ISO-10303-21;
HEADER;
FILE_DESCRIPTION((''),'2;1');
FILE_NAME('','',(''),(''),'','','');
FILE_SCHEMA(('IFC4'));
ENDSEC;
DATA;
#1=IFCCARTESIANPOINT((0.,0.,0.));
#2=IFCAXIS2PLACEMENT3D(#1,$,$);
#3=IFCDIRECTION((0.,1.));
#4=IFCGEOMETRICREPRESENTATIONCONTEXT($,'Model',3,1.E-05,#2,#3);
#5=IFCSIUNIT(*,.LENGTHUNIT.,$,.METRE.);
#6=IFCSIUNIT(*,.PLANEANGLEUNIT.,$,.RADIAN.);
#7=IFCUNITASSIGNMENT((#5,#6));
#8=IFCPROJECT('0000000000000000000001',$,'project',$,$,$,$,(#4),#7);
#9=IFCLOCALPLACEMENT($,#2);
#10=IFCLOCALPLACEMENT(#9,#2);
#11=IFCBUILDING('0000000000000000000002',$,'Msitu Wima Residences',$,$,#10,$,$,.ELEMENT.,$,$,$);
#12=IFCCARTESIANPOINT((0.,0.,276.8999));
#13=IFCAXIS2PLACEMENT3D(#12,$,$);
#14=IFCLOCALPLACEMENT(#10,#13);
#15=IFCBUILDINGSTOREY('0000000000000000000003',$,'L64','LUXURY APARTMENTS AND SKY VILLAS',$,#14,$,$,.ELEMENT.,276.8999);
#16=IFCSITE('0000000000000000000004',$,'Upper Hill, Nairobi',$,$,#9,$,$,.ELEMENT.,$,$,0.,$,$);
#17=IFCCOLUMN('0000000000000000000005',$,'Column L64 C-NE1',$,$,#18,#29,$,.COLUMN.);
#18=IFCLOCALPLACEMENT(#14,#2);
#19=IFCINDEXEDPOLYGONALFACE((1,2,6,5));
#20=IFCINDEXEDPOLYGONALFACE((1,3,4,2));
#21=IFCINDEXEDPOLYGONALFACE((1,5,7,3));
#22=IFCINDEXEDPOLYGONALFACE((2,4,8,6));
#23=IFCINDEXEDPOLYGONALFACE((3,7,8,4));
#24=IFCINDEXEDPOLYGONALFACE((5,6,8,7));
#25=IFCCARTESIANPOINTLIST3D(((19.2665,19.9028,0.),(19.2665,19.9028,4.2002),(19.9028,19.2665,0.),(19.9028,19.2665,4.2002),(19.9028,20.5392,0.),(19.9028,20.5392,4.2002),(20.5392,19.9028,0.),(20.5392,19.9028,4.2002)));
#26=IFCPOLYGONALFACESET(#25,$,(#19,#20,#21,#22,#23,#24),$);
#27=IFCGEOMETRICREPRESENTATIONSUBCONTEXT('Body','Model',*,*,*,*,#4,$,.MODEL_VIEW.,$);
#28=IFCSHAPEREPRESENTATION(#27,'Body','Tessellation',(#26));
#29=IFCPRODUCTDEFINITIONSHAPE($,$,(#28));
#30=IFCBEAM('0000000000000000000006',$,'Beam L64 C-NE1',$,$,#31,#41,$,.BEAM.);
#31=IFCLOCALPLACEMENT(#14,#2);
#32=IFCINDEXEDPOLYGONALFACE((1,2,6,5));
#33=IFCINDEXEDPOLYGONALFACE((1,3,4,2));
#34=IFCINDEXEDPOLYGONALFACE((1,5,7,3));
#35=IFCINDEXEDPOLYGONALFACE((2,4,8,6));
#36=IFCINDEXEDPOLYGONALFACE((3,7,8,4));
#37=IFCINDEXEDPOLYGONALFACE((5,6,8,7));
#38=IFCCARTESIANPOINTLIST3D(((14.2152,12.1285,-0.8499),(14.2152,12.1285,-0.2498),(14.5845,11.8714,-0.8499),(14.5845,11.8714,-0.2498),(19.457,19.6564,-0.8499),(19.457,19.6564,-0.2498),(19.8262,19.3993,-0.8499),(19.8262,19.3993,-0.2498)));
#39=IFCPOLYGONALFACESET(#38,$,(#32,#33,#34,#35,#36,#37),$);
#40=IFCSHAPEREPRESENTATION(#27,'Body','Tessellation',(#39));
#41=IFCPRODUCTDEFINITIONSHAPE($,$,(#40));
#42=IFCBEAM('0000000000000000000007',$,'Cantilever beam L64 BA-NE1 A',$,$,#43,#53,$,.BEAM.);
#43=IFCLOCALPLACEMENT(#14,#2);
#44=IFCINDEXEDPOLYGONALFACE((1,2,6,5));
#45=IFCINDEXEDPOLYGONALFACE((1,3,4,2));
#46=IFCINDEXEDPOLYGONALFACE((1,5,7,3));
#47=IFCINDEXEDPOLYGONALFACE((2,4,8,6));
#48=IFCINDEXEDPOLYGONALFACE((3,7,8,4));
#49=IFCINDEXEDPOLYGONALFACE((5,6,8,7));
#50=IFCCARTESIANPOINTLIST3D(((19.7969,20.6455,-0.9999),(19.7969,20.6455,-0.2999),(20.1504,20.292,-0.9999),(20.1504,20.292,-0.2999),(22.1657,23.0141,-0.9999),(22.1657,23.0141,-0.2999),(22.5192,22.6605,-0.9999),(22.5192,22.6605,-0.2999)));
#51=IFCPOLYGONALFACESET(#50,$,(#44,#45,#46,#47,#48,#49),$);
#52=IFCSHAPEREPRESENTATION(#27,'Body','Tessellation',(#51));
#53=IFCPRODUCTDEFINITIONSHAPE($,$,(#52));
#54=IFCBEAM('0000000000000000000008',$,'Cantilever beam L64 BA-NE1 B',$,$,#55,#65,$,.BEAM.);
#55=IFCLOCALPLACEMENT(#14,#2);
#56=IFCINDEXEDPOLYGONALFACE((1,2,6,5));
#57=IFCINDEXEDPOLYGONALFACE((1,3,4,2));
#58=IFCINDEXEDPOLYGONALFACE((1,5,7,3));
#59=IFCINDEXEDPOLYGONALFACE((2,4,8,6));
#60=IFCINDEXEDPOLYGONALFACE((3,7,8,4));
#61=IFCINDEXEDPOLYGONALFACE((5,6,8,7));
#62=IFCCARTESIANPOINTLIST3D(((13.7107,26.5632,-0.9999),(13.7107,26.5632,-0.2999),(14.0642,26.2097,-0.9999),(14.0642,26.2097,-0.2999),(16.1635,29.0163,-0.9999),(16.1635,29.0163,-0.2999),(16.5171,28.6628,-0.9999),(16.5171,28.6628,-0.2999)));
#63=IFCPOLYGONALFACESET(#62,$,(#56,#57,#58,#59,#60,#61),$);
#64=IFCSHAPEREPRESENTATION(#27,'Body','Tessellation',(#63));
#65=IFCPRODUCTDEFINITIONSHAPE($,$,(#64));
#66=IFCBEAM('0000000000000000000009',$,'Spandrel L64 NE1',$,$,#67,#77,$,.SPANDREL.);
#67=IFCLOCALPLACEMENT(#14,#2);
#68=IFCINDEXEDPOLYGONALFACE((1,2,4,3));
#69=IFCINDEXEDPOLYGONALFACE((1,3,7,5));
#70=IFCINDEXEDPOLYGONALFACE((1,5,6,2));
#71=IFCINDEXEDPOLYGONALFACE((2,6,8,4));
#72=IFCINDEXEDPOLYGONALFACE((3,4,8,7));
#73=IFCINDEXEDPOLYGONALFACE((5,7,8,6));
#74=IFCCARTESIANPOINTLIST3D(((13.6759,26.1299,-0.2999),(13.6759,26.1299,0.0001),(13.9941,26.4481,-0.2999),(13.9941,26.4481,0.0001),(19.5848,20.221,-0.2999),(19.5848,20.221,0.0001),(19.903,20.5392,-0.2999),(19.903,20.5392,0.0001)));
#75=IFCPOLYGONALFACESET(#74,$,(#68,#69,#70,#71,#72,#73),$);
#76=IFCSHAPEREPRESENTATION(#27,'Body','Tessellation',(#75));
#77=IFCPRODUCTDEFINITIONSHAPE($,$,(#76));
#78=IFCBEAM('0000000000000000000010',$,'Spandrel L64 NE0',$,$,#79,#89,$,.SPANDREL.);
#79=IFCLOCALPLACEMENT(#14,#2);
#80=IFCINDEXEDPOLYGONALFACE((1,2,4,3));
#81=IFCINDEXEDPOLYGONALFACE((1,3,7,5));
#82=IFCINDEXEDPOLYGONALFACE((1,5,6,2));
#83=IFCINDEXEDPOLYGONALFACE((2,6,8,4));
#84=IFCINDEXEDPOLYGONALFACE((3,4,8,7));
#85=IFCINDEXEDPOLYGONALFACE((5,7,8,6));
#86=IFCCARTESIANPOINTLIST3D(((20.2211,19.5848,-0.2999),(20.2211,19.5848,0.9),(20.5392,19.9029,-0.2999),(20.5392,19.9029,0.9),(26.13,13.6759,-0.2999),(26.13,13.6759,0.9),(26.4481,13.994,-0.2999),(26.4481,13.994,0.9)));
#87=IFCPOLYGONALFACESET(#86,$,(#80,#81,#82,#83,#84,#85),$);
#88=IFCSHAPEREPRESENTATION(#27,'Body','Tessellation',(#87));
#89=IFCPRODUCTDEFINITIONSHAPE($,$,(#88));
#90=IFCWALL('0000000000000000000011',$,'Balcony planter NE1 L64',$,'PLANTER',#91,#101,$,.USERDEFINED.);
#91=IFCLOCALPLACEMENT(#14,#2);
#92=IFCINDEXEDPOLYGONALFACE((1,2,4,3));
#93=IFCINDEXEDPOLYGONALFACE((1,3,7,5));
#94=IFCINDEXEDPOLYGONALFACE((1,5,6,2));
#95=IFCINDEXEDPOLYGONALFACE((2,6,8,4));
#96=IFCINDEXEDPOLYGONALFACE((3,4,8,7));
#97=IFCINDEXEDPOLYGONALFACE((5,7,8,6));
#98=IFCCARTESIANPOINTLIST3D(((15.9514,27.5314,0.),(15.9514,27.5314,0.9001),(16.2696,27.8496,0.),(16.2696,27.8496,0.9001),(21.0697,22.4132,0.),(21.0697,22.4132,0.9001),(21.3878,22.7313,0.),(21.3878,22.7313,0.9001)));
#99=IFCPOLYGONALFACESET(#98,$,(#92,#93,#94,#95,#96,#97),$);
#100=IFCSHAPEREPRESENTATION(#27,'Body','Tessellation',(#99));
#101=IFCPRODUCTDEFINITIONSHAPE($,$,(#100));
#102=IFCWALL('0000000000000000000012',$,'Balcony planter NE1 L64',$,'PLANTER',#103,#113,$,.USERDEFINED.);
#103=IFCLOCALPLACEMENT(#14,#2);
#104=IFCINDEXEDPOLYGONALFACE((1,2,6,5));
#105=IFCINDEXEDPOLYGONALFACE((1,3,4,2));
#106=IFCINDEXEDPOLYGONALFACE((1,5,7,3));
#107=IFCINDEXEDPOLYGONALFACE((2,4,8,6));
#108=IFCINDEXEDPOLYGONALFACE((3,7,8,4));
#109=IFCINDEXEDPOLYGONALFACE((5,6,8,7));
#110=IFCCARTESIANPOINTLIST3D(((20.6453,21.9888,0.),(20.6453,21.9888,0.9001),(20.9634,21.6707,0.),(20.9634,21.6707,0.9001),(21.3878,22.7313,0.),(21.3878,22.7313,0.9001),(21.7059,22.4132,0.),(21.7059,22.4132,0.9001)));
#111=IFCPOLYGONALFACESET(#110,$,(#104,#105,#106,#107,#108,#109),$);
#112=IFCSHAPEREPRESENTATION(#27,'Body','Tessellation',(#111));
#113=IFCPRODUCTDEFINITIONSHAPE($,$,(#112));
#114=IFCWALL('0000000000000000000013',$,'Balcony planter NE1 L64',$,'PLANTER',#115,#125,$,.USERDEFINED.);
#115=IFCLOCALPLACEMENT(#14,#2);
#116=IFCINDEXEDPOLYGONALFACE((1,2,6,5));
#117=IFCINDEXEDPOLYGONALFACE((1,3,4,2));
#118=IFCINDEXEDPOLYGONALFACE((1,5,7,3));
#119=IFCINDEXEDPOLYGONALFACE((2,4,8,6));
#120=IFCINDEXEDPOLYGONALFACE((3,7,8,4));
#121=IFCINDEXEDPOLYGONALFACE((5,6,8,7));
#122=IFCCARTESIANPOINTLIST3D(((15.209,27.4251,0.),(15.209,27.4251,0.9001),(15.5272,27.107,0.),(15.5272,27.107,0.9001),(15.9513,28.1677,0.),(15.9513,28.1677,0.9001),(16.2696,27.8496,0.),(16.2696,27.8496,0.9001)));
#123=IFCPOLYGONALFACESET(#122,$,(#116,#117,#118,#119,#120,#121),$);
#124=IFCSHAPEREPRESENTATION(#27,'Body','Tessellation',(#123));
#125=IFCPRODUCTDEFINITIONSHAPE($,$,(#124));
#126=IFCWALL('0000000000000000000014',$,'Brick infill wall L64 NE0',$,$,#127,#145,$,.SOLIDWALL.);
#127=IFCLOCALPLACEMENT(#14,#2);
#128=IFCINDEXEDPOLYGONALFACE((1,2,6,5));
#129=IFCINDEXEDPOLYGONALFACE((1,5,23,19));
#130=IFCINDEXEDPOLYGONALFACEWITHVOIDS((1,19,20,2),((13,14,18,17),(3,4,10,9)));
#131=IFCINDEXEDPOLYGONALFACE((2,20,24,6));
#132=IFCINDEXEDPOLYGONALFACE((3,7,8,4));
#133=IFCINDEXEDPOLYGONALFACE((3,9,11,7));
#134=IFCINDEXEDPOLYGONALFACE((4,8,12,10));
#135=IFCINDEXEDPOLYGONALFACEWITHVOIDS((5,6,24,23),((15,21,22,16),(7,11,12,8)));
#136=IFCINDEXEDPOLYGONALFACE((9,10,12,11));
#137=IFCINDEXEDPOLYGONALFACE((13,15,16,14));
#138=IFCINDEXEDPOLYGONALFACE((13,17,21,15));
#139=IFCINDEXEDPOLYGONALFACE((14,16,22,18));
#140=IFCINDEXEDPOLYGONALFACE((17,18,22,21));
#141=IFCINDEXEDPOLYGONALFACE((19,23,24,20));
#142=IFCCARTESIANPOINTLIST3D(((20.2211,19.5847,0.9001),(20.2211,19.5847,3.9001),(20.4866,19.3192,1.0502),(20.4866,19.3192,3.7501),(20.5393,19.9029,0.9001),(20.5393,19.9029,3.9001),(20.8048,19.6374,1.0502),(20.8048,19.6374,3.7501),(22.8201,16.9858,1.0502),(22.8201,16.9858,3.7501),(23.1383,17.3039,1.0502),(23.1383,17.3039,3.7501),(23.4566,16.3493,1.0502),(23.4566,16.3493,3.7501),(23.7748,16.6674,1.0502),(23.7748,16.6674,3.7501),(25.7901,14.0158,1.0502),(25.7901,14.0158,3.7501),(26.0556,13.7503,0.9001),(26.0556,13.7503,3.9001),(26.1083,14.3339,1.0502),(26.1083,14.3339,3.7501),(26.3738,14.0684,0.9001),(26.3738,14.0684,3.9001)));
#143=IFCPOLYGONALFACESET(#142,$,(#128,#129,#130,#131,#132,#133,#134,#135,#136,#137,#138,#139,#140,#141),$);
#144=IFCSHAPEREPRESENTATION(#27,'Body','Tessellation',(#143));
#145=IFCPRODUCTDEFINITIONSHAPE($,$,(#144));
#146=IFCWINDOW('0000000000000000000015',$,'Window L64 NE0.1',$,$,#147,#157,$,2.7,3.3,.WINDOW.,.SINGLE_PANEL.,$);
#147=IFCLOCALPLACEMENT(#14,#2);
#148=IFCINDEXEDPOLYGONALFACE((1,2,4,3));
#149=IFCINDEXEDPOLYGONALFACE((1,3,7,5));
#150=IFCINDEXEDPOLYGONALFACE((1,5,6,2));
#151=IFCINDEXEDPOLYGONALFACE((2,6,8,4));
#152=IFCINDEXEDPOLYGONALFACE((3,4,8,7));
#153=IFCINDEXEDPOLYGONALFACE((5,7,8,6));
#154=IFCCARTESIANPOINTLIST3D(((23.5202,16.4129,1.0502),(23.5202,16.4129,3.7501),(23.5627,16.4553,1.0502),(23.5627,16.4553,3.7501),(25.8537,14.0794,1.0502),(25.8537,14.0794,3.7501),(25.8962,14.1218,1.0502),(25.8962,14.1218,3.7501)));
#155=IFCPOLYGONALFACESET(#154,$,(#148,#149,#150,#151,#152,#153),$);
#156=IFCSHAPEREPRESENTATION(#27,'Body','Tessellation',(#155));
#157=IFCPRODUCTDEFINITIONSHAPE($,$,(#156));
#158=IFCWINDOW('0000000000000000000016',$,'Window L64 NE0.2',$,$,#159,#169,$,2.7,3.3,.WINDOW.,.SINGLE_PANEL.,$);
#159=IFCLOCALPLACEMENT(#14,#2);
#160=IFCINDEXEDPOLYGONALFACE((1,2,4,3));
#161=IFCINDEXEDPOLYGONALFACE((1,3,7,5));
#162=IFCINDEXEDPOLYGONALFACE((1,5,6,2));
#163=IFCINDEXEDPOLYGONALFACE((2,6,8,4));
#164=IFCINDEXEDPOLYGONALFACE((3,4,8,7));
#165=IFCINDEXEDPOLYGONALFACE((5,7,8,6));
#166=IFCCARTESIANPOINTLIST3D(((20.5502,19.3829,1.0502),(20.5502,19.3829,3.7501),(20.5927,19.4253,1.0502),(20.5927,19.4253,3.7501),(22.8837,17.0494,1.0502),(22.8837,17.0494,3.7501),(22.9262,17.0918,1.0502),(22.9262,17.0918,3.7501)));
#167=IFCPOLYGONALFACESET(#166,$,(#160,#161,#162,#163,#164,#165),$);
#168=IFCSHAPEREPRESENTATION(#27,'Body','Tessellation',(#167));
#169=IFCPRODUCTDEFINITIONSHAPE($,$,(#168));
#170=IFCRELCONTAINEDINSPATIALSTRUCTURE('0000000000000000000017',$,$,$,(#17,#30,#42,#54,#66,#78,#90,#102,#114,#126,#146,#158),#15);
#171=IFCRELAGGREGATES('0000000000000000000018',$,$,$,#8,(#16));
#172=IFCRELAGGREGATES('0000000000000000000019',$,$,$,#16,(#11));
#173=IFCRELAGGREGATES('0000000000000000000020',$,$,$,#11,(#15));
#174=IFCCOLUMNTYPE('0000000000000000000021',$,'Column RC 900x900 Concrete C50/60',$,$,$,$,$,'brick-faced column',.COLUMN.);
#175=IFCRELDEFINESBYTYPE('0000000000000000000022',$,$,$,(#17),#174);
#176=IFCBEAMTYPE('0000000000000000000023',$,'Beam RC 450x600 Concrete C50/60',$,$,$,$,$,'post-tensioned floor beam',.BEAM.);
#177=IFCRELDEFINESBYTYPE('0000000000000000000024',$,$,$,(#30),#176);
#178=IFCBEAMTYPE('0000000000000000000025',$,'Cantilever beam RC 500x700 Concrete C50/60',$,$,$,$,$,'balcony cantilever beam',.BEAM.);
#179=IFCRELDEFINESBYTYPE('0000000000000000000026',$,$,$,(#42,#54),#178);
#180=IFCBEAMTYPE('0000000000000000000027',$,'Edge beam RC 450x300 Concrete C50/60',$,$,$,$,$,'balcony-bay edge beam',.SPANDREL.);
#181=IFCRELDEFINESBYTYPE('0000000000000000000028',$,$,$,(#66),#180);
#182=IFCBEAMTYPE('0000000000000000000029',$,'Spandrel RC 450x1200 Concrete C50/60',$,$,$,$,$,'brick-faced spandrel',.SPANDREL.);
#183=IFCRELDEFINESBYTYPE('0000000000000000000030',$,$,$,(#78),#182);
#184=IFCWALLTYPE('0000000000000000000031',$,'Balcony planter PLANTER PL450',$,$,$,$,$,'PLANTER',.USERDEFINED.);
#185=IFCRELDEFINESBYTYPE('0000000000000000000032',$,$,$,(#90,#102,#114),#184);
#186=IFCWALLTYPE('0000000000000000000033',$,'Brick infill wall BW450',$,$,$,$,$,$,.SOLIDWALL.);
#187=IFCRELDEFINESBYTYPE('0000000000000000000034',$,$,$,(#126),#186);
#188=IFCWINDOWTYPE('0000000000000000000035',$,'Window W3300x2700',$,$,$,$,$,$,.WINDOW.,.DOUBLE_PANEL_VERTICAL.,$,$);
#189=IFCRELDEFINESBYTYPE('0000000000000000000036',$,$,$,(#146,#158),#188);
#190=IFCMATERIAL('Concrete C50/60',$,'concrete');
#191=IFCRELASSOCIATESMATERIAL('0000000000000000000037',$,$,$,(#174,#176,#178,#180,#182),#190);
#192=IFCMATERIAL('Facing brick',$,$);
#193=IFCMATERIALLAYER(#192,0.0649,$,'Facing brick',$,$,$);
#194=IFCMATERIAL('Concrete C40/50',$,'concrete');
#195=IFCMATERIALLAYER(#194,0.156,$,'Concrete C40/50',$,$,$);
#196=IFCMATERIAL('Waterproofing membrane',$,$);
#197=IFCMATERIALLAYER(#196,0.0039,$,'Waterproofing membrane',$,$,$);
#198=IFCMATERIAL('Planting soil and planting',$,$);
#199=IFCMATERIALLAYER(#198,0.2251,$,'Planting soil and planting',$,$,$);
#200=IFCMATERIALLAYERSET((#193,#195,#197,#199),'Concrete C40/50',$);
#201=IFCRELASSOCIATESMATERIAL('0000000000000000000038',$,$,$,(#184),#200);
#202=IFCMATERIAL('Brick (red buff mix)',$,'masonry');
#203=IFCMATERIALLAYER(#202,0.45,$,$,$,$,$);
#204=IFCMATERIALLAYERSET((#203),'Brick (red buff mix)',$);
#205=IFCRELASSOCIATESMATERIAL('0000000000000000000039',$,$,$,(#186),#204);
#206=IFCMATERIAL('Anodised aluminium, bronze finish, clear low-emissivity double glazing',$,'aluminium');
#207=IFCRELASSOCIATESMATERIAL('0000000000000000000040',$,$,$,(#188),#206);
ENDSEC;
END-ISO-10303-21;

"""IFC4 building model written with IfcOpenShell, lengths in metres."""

from ifc_helpers import new_model, si_unit, direction, frame, frame_2d, origin, origin_2d, place, context, subcontext, project, spatial, rectangle, extrude, material, layer, layer_set, material_profile, profile_set, type_object, element, fill, save


model = new_model("IFC4")

# Units and contexts
model_context = context("Model", 3, precision=1e-05, world=origin(), true_north=direction((0.0, 1.0)))
body_context = subcontext(model_context, "Body", "Model", "MODEL_VIEW")
ifc_project = project(units=[si_unit("LENGTHUNIT", "METRE"), si_unit("PLANEANGLEUNIT", "RADIAN")], contexts=[model_context])

# Site, building, storey
site_placement = place(None, origin())
site = spatial("IfcSite", under=ifc_project, at=site_placement, Name="Upper Hill, Nairobi", CompositionType="ELEMENT", RefElevation=0.0)
building_placement = place(site_placement, origin())
building = spatial("IfcBuilding", under=site, at=building_placement, Name="Msitu Wima Residences", CompositionType="ELEMENT")
storey_placement = place(building_placement, frame((0.0, 0.0, 276.8999)))
storey = spatial("IfcBuildingStorey", under=building, at=storey_placement, Name="L64", Description="LUXURY APARTMENTS AND SKY VILLAS", CompositionType="ELEMENT", Elevation=276.8999)

# Column
ifc_material_1 = material(Name="Concrete C50/60", Category="concrete")
ifc_material_profile_1 = material_profile(ifc_material_1, rectangle(XDim=0.8999, YDim=0.8999, at=origin_2d()), Name="RC 900x900")
ifc_profile_set_1 = profile_set([ifc_material_profile_1], Name="Concrete C50/60")
column_type = type_object("IfcColumnType", Name="Column RC 900x900 Concrete C50/60", ElementType="brick-faced column", PredefinedType="COLUMN", material=ifc_profile_set_1)
column_placement = place(storey_placement, frame((19.9028, 19.9028, 0.0), z_axis=(0.0, 0.0, 1.0), x_axis=(-0.707107, 0.707107, 0.0)))
element("IfcColumn", 1, at=column_placement, inside=storey, type_object=column_type, Name="Column L64 C-NE1", PredefinedType="COLUMN", context=body_context, shape_type="SweptSolid", body=[
    extrude(rectangle(XDim=0.8999, YDim=0.8999, at=origin_2d()), origin(), (0.0, 0.0, 1.0), 4.2002),
])

# Beams
ifc_material_profile_2 = material_profile(ifc_material_1, rectangle(XDim=0.45, YDim=0.6001, at=origin_2d()), Name="RC 450x600")
ifc_profile_set_2 = profile_set([ifc_material_profile_2], Name="Concrete C50/60")
beam_type_1 = type_object("IfcBeamType", Name="Beam RC 450x600 Concrete C50/60", ElementType="post-tensioned floor beam", PredefinedType="BEAM", material=ifc_profile_set_2)
beam_1_placement = place(storey_placement, frame((19.6416, 19.5278, -0.5498), z_axis=(-0.571428, -0.820652, 0.0), x_axis=(0.820652, -0.571428, 0.0)))
element("IfcBeam", 2, at=beam_1_placement, inside=storey, type_object=beam_type_1, Name="Beam L64 C-NE1", PredefinedType="BEAM", context=body_context, shape_type="SweptSolid", body=[
    extrude(rectangle(XDim=0.45, YDim=0.6001, at=origin_2d()), origin(), (0.0, 0.0, 1.0), 9.1731),
])
ifc_material_profile_3 = material_profile(ifc_material_1, rectangle(XDim=0.5, YDim=0.7, at=origin_2d()), Name="RC 500x700")
ifc_profile_set_3 = profile_set([ifc_material_profile_3], Name="Concrete C50/60")
beam_type_2 = type_object("IfcBeamType", Name="Cantilever beam RC 500x700 Concrete C50/60", ElementType="balcony cantilever beam", PredefinedType="BEAM", material=ifc_profile_set_3)
beam_2_placement = place(storey_placement, frame((19.9736, 20.4688, -0.6499), z_axis=(0.707143, 0.70707, 0.0), x_axis=(-0.70707, 0.707143, 0.0)))
element("IfcBeam", 3, at=beam_2_placement, inside=storey, type_object=beam_type_2, Name="Cantilever beam L64 BA-NE1 A", PredefinedType="BEAM", context=body_context, shape_type="SweptSolid", body=[
    extrude(rectangle(XDim=0.5, YDim=0.7, at=origin_2d()), origin(), (0.0, 0.0, 1.0), 3.3499),
])
beam_3_placement = place(storey_placement, frame((13.8875, 26.3865, -0.6499), z_axis=(0.707072, 0.707142, 0.0), x_axis=(-0.707142, 0.707072, 0.0)))
element("IfcBeam", 4, at=beam_3_placement, inside=storey, type_object=beam_type_2, Name="Cantilever beam L64 BA-NE1 B", PredefinedType="BEAM", context=body_context, shape_type="SweptSolid", body=[
    extrude(rectangle(XDim=0.5, YDim=0.7, at=origin_2d()), origin(), (0.0, 0.0, 1.0), 3.469),
])
ifc_material_profile_4 = material_profile(ifc_material_1, rectangle(XDim=0.45, YDim=0.3, at=origin_2d()), Name="RC 450x300")
ifc_profile_set_4 = profile_set([ifc_material_profile_4], Name="Concrete C50/60")
beam_type_3 = type_object("IfcBeamType", Name="Edge beam RC 450x300 Concrete C50/60", ElementType="balcony-bay edge beam", PredefinedType="SPANDREL", material=ifc_profile_set_4)
beam_4_placement = place(storey_placement, frame((19.7439, 20.3801, -0.1499), z_axis=(-0.707107, 0.707107, 0.0), x_axis=(-0.707107, -0.707107, 0.0)))
element("IfcBeam", 5, at=beam_4_placement, inside=storey, type_object=beam_type_3, Name="Spandrel L64 NE1", PredefinedType="SPANDREL", context=body_context, shape_type="SweptSolid", body=[
    extrude(rectangle(XDim=0.45, YDim=0.3, at=origin_2d()), origin(), (0.0, 0.0, 1.0), 8.3564),
])
ifc_material_profile_5 = material_profile(ifc_material_1, rectangle(XDim=0.45, YDim=1.2, at=origin_2d()), Name="RC 450x1200")
ifc_profile_set_5 = profile_set([ifc_material_profile_5], Name="Concrete C50/60")
beam_type_4 = type_object("IfcBeamType", Name="Spandrel RC 450x1200 Concrete C50/60", ElementType="brick-faced spandrel", PredefinedType="SPANDREL", material=ifc_profile_set_5)
beam_5_placement = place(storey_placement, frame((26.2891, 13.835, 0.3), z_axis=(-0.707107, 0.707107, 0.0), x_axis=(-0.707107, -0.707107, 0.0)))
element("IfcBeam", 6, at=beam_5_placement, inside=storey, type_object=beam_type_4, Name="Spandrel L64 NE0", PredefinedType="SPANDREL", context=body_context, shape_type="SweptSolid", body=[
    extrude(rectangle(XDim=0.45, YDim=1.2, at=origin_2d()), origin(), (0.0, 0.0, 1.0), 8.3564),
])

# Walls
ifc_material_2 = material(Name="Facing brick")
ifc_layer_1 = layer(ifc_material_2, 0.0649, Name="Facing brick")
ifc_material_3 = material(Name="Concrete C40/50", Category="concrete")
ifc_layer_2 = layer(ifc_material_3, 0.156, Name="Concrete C40/50")
ifc_material_4 = material(Name="Waterproofing membrane")
ifc_layer_3 = layer(ifc_material_4, 0.0039, Name="Waterproofing membrane")
ifc_material_5 = material(Name="Planting soil and planting")
ifc_layer_4 = layer(ifc_material_5, 0.2251, Name="Planting soil and planting")
ifc_layer_set_1 = layer_set([ifc_layer_1, ifc_layer_2, ifc_layer_3, ifc_layer_4], Name="Concrete C40/50")
wall_type_1 = type_object("IfcWallType", Name="Balcony planter PLANTER PL450", ElementType="PLANTER", PredefinedType="USERDEFINED", material=ifc_layer_set_1)
wall_1_placement = place(storey_placement, frame((21.2288, 22.5723, 0.0), z_axis=(0.0, 0.0, 1.0), x_axis=(-0.707107, 0.707107, 0.0)))
element("IfcWall", 7, at=wall_1_placement, inside=storey, type_object=wall_type_1, Name="Balcony planter NE1 L64", ObjectType="PLANTER", PredefinedType="USERDEFINED", context=body_context, shape_type="SweptSolid", body=[
    extrude(rectangle(XDim=7.2383, YDim=0.45, at=frame_2d((3.6191, 0.0))), origin(), (0.0, 0.0, 1.0), 0.9001),
])
for number, where, z_axis, x_axis, name in (
    (8, (20.8044, 21.8298, 0.0), (0.0, 0.0, 1.0), (0.707107, 0.707107, 0.0), "Balcony planter NE1 L64"),
    (9, (15.3682, 27.2661, 0.0), (0.0, 0.0, 1.0), (0.706991, 0.707223, 0.0), "Balcony planter NE1 L64"),
):
    element("IfcWall", number, at=place(storey_placement, frame(where, z_axis=z_axis, x_axis=x_axis)), inside=storey, type_object=wall_type_1, Name=name, ObjectType="PLANTER", PredefinedType="USERDEFINED", context=body_context, shape_type="SweptSolid", body=[
        extrude(rectangle(XDim=1.05, YDim=0.45, at=frame_2d((0.5249, 0.0))), origin(), (0.0, 0.0, 1.0), 0.9001),
    ])

# Wall, openings, windows
ifc_material_6 = material(Name="Brick (red buff mix)", Category="masonry")
ifc_layer_5 = layer(ifc_material_6, 0.45)
ifc_layer_set_2 = layer_set([ifc_layer_5], Name="Brick (red buff mix)")
wall_type_2 = type_object("IfcWallType", Name="Brick infill wall BW450", PredefinedType="SOLIDWALL", material=ifc_layer_set_2)
wall_2_placement = place(storey_placement, frame((26.2146, 13.9094, 0.9001), z_axis=(0.0, 0.0, 1.0), x_axis=(-0.707107, 0.707107, 0.0)))
wall_2 = element("IfcWall", 10, at=wall_2_placement, inside=storey, type_object=wall_type_2, Name="Brick infill wall L64 NE0", PredefinedType="SOLIDWALL", context=body_context, shape_type="SweptSolid", body=[
    extrude(rectangle(XDim=8.2512, YDim=0.45, at=frame_2d((4.1255, 0.0))), origin(), (0.0, 0.0, 1.0), 3.0),
])
opening_1_placement = place(wall_2_placement, frame((0.3755, 0.0, 0.1499)))
opening_1 = element("IfcOpeningElement", 11, at=opening_1_placement, cuts=wall_2, PredefinedType="OPENING", context=body_context, shape_type="SweptSolid", body=[
    extrude(rectangle(XDim=3.3, YDim=2.7, at=frame_2d((1.6499, 1.3501))), frame((0.0, 0.2349, 0.0), z_axis=(0.0, -1.0, 0.0), x_axis=(1.0, 0.0, 0.0)), (0.0, 0.0, 1.0), 0.47),
])
opening_2_placement = place(wall_2_placement, frame((4.5757, 0.0, 0.1499)))
opening_2 = element("IfcOpeningElement", 12, at=opening_2_placement, cuts=wall_2, PredefinedType="OPENING", context=body_context, shape_type="SweptSolid", body=[
    extrude(rectangle(XDim=3.3, YDim=2.7, at=frame_2d((1.6499, 1.3501))), frame((0.0, 0.2349, 0.0), z_axis=(0.0, -1.0, 0.0), x_axis=(1.0, 0.0, 0.0)), (0.0, 0.0, 1.0), 0.47),
])
ifc_material_7 = material(Name="Anodised aluminium, bronze finish, clear low-emissivity double glazing", Category="aluminium")
window_type = type_object("IfcWindowType", Name="Window W3300x2700", PartitioningType="DOUBLE_PANEL_VERTICAL", PredefinedType="WINDOW", material=ifc_material_7)
window_1_placement = place(opening_1_placement, origin())
window_1 = element("IfcWindow", 13, at=window_1_placement, inside=storey, type_object=window_type, Name="Window L64 NE0.1", OverallHeight=2.7, OverallWidth=3.3, PartitioningType="SINGLE_PANEL", PredefinedType="WINDOW", context=body_context, shape_type="SweptSolid", body=[
    extrude(rectangle(XDim=3.3, YDim=2.7, at=frame_2d((1.6499, 1.3501))), frame((0.0, 0.135, 0.0), z_axis=(0.0, -1.0, 0.0), x_axis=(1.0, 0.0, 0.0)), (0.0, 0.0, 1.0), 0.0601),
])
fill(opening_1, window_1)
window_2_placement = place(opening_2_placement, origin())
window_2 = element("IfcWindow", 14, at=window_2_placement, inside=storey, type_object=window_type, Name="Window L64 NE0.2", OverallHeight=2.7, OverallWidth=3.3, PartitioningType="SINGLE_PANEL", PredefinedType="WINDOW", context=body_context, shape_type="SweptSolid", body=[
    extrude(rectangle(XDim=3.3, YDim=2.7, at=frame_2d((1.6499, 1.3501))), frame((0.0, 0.135, 0.0), z_axis=(0.0, -1.0, 0.0), x_axis=(1.0, 0.0, 0.0)), (0.0, 0.0, 1.0), 0.0601),
])
fill(opening_2, window_2)

save(model, "model.ifc")
